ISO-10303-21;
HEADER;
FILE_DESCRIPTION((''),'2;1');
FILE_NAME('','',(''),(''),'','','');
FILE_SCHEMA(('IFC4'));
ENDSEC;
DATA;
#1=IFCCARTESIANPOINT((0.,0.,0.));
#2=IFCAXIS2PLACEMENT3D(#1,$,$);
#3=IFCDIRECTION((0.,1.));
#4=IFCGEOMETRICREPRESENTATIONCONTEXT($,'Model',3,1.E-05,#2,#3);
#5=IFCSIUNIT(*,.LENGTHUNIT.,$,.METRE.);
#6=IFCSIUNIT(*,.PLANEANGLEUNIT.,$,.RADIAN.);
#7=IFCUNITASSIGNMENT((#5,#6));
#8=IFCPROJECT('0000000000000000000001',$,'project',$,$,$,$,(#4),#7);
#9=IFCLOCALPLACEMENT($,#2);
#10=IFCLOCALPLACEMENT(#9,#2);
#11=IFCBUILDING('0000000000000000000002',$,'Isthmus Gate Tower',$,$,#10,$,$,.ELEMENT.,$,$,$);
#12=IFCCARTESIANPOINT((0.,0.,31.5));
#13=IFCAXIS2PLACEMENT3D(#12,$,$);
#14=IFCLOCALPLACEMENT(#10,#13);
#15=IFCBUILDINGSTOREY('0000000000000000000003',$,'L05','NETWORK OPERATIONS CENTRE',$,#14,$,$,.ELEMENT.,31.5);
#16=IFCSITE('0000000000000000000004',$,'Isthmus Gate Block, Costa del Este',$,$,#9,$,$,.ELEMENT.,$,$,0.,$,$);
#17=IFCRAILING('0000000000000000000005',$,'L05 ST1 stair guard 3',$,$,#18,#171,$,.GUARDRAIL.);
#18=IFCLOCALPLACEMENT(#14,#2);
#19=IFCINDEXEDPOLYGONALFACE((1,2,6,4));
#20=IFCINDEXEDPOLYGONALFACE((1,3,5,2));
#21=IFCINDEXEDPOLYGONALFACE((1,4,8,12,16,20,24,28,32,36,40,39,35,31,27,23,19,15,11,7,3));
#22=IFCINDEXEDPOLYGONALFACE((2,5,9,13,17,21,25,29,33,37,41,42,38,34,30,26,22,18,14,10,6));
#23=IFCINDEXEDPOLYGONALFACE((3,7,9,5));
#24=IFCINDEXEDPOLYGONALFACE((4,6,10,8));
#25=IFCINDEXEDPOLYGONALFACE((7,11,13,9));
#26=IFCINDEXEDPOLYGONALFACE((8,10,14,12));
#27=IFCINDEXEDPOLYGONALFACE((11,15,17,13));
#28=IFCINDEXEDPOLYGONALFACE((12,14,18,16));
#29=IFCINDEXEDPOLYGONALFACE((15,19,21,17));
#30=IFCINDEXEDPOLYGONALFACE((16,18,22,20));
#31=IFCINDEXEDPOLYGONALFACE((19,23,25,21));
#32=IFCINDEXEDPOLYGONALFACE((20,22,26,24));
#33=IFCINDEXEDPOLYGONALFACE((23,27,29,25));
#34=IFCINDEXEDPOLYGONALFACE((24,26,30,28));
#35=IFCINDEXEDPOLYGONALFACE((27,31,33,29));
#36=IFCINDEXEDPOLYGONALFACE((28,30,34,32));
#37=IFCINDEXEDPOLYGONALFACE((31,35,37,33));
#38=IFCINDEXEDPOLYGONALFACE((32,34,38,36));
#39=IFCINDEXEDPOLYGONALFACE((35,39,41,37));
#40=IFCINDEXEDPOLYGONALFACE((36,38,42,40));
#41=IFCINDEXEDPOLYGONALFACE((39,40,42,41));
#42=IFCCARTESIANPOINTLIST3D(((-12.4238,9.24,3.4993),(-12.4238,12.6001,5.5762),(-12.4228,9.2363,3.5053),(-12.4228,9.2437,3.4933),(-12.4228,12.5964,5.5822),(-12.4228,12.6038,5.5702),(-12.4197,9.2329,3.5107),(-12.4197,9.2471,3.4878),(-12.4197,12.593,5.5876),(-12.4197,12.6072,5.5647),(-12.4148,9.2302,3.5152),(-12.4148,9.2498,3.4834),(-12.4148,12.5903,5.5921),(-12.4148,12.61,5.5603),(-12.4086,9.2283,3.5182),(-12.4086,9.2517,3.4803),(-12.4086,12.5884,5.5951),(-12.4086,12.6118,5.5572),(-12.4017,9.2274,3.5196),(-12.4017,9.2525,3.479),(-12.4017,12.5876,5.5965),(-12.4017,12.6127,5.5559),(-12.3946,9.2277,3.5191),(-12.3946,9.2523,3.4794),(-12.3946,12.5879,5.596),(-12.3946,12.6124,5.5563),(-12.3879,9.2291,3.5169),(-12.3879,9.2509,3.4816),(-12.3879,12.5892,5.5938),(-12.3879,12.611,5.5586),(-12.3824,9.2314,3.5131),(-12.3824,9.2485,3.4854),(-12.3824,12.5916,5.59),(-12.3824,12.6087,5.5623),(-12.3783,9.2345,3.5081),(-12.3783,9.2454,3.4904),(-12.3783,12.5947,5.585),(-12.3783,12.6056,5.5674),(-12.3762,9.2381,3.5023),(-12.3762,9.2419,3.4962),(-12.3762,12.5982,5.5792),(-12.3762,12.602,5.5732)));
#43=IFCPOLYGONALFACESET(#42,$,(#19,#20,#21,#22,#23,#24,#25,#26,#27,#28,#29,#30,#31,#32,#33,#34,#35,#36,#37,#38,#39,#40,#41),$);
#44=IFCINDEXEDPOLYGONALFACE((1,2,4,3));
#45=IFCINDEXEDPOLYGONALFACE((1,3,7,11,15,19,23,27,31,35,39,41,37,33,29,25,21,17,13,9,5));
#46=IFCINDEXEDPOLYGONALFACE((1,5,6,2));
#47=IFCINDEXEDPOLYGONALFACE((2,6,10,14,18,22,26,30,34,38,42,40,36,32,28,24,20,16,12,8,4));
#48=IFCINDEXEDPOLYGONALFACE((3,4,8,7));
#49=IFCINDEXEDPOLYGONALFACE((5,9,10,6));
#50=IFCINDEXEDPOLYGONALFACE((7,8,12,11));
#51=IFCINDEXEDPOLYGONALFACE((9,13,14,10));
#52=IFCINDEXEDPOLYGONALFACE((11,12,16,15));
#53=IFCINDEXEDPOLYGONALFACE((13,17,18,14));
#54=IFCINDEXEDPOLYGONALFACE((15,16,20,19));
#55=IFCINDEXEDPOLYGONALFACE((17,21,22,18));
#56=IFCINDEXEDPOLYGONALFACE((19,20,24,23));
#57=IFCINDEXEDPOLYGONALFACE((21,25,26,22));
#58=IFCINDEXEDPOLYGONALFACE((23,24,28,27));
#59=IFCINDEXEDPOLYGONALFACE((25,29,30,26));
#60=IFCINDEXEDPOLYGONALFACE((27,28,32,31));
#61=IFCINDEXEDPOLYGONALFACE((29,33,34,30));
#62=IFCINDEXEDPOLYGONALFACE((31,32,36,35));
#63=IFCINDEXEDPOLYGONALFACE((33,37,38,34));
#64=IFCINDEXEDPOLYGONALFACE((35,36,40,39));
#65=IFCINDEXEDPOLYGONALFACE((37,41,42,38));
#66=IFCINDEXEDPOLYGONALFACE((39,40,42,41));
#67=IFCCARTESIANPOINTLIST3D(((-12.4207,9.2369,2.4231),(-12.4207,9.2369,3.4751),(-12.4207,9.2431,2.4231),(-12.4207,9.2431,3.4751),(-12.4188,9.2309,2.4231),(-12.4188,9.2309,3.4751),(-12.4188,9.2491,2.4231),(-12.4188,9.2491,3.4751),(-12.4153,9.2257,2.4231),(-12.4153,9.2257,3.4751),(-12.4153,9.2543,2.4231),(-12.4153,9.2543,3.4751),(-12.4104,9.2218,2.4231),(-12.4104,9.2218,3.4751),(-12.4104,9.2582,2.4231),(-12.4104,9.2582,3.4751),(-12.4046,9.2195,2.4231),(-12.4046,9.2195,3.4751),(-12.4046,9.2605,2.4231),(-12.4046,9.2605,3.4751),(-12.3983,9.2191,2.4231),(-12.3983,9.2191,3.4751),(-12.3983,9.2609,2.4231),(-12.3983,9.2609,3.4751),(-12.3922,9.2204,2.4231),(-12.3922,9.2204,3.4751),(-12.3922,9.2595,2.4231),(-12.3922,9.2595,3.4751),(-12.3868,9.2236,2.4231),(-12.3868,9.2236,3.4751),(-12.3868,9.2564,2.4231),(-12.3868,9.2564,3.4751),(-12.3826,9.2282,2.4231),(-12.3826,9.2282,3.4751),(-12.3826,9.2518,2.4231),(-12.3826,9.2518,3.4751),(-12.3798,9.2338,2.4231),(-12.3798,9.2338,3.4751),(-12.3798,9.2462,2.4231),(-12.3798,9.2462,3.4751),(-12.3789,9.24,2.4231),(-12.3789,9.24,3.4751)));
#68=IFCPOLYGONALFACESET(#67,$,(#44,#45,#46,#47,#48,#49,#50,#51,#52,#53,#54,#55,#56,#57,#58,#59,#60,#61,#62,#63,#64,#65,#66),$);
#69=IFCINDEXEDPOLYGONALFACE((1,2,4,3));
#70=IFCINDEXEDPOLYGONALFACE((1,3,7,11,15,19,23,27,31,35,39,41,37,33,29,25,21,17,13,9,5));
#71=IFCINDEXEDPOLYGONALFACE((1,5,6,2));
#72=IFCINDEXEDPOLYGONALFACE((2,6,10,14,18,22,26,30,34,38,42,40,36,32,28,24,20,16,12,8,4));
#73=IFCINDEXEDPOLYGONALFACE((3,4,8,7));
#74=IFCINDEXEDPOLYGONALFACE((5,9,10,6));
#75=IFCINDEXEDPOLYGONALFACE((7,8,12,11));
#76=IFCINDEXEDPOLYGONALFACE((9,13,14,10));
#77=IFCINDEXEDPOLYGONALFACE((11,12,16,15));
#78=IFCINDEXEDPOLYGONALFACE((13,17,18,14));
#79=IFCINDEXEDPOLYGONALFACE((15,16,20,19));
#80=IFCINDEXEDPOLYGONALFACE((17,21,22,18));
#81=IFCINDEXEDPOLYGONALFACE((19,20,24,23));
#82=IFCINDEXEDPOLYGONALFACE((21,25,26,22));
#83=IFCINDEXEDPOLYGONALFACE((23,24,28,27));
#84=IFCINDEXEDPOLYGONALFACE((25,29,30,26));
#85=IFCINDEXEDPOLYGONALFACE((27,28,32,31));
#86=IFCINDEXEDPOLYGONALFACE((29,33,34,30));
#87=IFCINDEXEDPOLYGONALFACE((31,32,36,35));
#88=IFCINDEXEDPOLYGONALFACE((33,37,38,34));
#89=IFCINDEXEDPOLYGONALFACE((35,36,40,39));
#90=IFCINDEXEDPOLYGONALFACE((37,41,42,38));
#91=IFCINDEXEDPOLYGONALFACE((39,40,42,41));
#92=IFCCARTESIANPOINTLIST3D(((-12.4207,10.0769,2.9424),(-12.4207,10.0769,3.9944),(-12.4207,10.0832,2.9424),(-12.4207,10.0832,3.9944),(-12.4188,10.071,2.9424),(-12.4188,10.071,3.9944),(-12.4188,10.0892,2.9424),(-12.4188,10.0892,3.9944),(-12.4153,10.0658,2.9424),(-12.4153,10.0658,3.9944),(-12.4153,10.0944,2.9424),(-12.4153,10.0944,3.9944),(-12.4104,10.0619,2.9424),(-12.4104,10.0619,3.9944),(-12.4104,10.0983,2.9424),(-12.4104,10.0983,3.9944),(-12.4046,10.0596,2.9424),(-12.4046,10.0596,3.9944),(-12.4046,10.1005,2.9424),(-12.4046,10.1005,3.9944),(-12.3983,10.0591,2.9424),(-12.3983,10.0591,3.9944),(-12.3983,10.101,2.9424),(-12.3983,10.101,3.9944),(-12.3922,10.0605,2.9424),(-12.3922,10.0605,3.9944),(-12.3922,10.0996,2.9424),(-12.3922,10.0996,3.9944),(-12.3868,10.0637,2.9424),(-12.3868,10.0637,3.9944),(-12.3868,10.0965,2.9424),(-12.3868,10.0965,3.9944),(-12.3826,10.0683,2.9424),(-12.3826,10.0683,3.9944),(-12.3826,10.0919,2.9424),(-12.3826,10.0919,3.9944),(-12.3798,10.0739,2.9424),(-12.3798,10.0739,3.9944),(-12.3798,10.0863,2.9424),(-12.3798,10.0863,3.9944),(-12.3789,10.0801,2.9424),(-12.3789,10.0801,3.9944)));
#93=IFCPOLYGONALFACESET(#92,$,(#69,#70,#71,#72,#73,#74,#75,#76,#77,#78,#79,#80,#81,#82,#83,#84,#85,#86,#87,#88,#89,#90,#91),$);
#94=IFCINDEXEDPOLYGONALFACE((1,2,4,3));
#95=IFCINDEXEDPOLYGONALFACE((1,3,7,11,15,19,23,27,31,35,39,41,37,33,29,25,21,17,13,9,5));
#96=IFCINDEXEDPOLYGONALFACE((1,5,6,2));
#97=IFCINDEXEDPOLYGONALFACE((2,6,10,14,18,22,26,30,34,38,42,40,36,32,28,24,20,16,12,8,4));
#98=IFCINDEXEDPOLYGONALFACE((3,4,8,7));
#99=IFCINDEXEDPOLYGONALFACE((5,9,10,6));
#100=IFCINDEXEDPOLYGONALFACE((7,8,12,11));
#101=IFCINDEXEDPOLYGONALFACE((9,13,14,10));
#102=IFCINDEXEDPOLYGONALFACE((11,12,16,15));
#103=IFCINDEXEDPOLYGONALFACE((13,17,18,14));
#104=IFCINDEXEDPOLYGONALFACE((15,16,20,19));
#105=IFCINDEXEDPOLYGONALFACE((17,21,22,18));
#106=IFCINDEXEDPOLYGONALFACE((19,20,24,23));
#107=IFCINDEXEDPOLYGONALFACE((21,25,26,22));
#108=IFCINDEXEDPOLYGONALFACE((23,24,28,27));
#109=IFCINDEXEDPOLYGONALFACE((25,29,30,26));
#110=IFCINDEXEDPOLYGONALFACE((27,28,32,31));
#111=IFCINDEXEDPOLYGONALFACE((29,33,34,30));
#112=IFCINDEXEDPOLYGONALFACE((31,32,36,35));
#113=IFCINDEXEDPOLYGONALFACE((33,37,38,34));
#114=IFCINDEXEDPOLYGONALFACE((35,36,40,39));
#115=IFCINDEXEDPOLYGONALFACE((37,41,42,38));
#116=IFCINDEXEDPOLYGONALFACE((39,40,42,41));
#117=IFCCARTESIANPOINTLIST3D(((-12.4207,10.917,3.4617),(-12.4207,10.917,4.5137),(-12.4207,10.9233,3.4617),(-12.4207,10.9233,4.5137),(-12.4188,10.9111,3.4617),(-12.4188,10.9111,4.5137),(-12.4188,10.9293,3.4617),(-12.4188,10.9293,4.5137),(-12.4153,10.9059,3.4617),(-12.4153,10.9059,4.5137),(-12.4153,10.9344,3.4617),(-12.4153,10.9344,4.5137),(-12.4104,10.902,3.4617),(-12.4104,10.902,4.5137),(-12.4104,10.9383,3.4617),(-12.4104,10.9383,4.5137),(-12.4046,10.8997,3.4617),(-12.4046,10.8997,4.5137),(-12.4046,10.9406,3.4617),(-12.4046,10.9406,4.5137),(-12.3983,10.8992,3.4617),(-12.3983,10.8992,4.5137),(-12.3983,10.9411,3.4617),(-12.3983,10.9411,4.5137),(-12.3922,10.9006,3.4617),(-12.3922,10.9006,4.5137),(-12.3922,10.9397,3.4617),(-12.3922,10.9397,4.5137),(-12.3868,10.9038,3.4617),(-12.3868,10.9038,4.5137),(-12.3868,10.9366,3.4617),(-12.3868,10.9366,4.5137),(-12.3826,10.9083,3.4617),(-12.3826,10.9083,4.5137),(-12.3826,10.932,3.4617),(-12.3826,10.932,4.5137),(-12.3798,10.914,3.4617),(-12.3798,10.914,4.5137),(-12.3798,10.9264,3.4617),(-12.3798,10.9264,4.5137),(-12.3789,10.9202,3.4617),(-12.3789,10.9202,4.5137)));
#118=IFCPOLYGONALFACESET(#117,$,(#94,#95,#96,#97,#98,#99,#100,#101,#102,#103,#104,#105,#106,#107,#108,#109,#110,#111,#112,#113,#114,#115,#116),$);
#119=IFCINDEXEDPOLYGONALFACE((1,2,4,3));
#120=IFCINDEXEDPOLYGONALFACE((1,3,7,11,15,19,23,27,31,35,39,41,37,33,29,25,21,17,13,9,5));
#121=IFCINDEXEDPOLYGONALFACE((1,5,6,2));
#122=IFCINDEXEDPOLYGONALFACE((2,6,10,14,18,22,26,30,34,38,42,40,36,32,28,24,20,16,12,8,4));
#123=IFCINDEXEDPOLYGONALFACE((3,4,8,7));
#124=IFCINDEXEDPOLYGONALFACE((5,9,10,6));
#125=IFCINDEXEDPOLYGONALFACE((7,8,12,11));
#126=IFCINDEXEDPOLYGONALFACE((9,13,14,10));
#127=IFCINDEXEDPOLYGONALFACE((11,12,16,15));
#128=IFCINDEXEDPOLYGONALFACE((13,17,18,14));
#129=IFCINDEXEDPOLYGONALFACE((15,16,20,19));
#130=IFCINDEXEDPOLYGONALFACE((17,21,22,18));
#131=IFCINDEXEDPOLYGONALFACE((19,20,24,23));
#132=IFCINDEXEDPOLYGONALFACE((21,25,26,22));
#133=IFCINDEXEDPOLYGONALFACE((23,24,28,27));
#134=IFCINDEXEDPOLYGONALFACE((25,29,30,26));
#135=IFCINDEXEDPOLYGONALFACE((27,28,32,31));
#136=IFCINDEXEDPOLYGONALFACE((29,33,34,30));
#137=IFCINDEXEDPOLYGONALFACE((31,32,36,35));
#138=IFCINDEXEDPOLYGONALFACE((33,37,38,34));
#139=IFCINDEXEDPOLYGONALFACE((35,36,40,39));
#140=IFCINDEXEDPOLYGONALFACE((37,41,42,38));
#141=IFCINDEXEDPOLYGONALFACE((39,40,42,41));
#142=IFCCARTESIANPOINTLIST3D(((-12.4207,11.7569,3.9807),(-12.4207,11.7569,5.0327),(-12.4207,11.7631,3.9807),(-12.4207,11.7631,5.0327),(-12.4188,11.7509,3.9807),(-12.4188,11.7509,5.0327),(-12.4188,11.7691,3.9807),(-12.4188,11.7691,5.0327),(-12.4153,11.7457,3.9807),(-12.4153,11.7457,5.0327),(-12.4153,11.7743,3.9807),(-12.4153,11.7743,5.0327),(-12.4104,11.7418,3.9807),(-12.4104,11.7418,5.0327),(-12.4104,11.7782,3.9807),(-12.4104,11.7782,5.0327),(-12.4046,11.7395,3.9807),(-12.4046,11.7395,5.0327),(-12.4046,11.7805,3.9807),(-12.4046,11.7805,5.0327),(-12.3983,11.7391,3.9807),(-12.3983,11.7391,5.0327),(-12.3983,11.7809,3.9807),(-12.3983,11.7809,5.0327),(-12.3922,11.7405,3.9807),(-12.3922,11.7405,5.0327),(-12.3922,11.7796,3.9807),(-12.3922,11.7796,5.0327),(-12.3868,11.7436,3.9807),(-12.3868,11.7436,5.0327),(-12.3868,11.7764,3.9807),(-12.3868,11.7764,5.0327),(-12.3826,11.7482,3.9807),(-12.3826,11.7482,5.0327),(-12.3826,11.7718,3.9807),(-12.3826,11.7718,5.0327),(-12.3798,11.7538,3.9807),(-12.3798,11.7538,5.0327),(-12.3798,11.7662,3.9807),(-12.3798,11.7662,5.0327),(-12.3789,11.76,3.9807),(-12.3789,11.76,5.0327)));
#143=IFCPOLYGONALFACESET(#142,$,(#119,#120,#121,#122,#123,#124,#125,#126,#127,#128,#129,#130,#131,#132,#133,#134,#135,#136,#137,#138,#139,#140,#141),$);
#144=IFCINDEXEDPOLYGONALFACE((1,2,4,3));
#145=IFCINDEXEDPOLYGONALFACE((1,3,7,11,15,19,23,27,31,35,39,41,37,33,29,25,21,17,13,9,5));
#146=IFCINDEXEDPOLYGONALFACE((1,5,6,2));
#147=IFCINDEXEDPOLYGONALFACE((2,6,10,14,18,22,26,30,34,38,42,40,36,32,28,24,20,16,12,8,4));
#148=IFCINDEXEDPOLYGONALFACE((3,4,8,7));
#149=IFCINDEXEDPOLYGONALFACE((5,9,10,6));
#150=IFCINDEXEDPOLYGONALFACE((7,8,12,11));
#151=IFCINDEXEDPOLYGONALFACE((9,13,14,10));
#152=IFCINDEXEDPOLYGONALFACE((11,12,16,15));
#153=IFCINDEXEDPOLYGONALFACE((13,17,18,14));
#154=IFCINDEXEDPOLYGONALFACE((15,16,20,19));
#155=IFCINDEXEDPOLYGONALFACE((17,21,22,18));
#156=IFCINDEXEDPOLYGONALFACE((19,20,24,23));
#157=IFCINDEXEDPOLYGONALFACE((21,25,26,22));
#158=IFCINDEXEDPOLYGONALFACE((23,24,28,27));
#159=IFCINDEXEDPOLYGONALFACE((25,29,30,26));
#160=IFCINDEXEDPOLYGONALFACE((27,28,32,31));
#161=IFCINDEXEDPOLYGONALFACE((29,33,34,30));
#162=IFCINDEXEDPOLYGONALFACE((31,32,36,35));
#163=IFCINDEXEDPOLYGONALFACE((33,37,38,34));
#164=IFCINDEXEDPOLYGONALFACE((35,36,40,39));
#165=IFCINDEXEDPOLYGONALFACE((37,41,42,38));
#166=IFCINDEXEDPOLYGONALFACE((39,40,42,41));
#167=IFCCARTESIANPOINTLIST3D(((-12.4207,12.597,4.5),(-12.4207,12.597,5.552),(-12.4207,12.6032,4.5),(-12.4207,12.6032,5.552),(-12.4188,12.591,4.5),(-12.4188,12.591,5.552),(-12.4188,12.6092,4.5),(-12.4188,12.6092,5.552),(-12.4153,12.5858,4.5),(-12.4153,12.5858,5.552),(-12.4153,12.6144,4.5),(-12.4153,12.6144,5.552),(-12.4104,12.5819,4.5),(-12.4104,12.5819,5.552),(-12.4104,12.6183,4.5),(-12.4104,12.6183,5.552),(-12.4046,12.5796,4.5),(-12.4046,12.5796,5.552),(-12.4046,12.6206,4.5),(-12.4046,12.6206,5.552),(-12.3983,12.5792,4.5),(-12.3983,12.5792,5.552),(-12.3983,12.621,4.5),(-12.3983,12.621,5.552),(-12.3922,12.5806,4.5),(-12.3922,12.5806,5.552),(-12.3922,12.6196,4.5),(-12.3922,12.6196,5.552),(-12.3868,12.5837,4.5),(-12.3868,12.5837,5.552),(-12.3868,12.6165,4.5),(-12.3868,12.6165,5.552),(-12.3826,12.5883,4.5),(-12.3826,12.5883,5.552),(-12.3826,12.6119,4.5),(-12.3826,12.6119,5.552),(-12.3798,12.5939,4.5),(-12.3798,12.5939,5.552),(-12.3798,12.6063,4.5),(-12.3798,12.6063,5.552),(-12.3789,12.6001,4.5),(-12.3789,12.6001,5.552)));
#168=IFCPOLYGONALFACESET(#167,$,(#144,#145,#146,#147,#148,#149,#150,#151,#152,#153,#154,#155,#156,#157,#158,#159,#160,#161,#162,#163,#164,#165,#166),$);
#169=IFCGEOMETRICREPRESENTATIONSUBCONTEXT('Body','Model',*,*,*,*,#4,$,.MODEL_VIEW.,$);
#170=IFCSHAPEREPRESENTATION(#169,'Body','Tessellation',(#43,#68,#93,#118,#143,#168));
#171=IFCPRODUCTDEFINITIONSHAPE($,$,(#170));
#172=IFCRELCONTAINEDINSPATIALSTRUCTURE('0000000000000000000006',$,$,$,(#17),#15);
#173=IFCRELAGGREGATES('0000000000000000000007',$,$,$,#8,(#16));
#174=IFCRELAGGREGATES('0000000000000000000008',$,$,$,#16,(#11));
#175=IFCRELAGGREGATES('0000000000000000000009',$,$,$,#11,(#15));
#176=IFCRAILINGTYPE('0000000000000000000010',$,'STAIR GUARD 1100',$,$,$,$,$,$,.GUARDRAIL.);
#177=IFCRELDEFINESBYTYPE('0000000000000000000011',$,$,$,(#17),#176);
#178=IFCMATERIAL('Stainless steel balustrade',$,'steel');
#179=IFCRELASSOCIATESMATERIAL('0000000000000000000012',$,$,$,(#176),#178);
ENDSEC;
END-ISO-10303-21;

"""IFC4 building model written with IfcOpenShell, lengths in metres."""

from ifc_helpers import new_model, si_unit, direction, frame, origin, origin_2d, place, context, subcontext, project, spatial, circle, extrude, material, type_object, element, save


model = new_model("IFC4")

# Units and contexts
model_context = context("Model", 3, precision=1e-05, world=origin(), true_north=direction((0.0, 1.0)))
body_context = subcontext(model_context, "Body", "Model", "MODEL_VIEW")
ifc_project = project(units=[si_unit("LENGTHUNIT", "METRE"), si_unit("PLANEANGLEUNIT", "RADIAN")], contexts=[model_context])

# Site, building, storey
site_placement = place(None, origin())
site = spatial("IfcSite", under=ifc_project, at=site_placement, Name="Isthmus Gate Block, Costa del Este", CompositionType="ELEMENT", RefElevation=0.0)
building_placement = place(site_placement, origin())
building = spatial("IfcBuilding", under=site, at=building_placement, Name="Isthmus Gate Tower", CompositionType="ELEMENT")
storey_placement = place(building_placement, frame((0.0, 0.0, 31.5)))
storey = spatial("IfcBuildingStorey", under=building, at=storey_placement, Name="L05", Description="NETWORK OPERATIONS CENTRE", CompositionType="ELEMENT", Elevation=31.5)

# Railing
ifc_material_1 = material(Name="Stainless steel balustrade", Category="steel")
railing_type_1 = type_object("IfcRailingType", Name="STAIR GUARD 1100", PredefinedType="GUARDRAIL", material=ifc_material_1)
railing_1_placement = place(storey_placement, frame((-12.3999, 9.24, 2.4231)))
element("IfcRailing", 1, at=railing_1_placement, inside=storey, type_object=railing_type_1, Name="L05 ST1 stair guard 3", PredefinedType="GUARDRAIL", context=body_context, shape_type="SweptSolid", body=[
    extrude(circle(Radius=0.0239, at=origin_2d()), frame((0.0, 0.0, 1.0762), z_axis=(0.0, 0.850623, 0.525776), x_axis=(-1.0, 0.0, 0.0)), (0.0, 0.0, 1.0), 3.9502),
    extrude(circle(Radius=0.021, at=origin_2d()), origin(), (0.0, 0.0, 1.0), 1.052),
    extrude(circle(Radius=0.021, at=origin_2d()), frame((0.0, 0.8401, 0.5193)), (0.0, 0.0, 1.0), 1.052),
    extrude(circle(Radius=0.021, at=origin_2d()), frame((0.0, 1.6802, 1.0386)), (0.0, 0.0, 1.0), 1.052),
    extrude(circle(Radius=0.021, at=origin_2d()), frame((0.0, 2.52, 1.5576)), (0.0, 0.0, 1.0), 1.052),
    extrude(circle(Radius=0.021, at=origin_2d()), frame((0.0, 3.3601, 2.0769)), (0.0, 0.0, 1.0), 1.052),
])

save(model, "model.ifc")
